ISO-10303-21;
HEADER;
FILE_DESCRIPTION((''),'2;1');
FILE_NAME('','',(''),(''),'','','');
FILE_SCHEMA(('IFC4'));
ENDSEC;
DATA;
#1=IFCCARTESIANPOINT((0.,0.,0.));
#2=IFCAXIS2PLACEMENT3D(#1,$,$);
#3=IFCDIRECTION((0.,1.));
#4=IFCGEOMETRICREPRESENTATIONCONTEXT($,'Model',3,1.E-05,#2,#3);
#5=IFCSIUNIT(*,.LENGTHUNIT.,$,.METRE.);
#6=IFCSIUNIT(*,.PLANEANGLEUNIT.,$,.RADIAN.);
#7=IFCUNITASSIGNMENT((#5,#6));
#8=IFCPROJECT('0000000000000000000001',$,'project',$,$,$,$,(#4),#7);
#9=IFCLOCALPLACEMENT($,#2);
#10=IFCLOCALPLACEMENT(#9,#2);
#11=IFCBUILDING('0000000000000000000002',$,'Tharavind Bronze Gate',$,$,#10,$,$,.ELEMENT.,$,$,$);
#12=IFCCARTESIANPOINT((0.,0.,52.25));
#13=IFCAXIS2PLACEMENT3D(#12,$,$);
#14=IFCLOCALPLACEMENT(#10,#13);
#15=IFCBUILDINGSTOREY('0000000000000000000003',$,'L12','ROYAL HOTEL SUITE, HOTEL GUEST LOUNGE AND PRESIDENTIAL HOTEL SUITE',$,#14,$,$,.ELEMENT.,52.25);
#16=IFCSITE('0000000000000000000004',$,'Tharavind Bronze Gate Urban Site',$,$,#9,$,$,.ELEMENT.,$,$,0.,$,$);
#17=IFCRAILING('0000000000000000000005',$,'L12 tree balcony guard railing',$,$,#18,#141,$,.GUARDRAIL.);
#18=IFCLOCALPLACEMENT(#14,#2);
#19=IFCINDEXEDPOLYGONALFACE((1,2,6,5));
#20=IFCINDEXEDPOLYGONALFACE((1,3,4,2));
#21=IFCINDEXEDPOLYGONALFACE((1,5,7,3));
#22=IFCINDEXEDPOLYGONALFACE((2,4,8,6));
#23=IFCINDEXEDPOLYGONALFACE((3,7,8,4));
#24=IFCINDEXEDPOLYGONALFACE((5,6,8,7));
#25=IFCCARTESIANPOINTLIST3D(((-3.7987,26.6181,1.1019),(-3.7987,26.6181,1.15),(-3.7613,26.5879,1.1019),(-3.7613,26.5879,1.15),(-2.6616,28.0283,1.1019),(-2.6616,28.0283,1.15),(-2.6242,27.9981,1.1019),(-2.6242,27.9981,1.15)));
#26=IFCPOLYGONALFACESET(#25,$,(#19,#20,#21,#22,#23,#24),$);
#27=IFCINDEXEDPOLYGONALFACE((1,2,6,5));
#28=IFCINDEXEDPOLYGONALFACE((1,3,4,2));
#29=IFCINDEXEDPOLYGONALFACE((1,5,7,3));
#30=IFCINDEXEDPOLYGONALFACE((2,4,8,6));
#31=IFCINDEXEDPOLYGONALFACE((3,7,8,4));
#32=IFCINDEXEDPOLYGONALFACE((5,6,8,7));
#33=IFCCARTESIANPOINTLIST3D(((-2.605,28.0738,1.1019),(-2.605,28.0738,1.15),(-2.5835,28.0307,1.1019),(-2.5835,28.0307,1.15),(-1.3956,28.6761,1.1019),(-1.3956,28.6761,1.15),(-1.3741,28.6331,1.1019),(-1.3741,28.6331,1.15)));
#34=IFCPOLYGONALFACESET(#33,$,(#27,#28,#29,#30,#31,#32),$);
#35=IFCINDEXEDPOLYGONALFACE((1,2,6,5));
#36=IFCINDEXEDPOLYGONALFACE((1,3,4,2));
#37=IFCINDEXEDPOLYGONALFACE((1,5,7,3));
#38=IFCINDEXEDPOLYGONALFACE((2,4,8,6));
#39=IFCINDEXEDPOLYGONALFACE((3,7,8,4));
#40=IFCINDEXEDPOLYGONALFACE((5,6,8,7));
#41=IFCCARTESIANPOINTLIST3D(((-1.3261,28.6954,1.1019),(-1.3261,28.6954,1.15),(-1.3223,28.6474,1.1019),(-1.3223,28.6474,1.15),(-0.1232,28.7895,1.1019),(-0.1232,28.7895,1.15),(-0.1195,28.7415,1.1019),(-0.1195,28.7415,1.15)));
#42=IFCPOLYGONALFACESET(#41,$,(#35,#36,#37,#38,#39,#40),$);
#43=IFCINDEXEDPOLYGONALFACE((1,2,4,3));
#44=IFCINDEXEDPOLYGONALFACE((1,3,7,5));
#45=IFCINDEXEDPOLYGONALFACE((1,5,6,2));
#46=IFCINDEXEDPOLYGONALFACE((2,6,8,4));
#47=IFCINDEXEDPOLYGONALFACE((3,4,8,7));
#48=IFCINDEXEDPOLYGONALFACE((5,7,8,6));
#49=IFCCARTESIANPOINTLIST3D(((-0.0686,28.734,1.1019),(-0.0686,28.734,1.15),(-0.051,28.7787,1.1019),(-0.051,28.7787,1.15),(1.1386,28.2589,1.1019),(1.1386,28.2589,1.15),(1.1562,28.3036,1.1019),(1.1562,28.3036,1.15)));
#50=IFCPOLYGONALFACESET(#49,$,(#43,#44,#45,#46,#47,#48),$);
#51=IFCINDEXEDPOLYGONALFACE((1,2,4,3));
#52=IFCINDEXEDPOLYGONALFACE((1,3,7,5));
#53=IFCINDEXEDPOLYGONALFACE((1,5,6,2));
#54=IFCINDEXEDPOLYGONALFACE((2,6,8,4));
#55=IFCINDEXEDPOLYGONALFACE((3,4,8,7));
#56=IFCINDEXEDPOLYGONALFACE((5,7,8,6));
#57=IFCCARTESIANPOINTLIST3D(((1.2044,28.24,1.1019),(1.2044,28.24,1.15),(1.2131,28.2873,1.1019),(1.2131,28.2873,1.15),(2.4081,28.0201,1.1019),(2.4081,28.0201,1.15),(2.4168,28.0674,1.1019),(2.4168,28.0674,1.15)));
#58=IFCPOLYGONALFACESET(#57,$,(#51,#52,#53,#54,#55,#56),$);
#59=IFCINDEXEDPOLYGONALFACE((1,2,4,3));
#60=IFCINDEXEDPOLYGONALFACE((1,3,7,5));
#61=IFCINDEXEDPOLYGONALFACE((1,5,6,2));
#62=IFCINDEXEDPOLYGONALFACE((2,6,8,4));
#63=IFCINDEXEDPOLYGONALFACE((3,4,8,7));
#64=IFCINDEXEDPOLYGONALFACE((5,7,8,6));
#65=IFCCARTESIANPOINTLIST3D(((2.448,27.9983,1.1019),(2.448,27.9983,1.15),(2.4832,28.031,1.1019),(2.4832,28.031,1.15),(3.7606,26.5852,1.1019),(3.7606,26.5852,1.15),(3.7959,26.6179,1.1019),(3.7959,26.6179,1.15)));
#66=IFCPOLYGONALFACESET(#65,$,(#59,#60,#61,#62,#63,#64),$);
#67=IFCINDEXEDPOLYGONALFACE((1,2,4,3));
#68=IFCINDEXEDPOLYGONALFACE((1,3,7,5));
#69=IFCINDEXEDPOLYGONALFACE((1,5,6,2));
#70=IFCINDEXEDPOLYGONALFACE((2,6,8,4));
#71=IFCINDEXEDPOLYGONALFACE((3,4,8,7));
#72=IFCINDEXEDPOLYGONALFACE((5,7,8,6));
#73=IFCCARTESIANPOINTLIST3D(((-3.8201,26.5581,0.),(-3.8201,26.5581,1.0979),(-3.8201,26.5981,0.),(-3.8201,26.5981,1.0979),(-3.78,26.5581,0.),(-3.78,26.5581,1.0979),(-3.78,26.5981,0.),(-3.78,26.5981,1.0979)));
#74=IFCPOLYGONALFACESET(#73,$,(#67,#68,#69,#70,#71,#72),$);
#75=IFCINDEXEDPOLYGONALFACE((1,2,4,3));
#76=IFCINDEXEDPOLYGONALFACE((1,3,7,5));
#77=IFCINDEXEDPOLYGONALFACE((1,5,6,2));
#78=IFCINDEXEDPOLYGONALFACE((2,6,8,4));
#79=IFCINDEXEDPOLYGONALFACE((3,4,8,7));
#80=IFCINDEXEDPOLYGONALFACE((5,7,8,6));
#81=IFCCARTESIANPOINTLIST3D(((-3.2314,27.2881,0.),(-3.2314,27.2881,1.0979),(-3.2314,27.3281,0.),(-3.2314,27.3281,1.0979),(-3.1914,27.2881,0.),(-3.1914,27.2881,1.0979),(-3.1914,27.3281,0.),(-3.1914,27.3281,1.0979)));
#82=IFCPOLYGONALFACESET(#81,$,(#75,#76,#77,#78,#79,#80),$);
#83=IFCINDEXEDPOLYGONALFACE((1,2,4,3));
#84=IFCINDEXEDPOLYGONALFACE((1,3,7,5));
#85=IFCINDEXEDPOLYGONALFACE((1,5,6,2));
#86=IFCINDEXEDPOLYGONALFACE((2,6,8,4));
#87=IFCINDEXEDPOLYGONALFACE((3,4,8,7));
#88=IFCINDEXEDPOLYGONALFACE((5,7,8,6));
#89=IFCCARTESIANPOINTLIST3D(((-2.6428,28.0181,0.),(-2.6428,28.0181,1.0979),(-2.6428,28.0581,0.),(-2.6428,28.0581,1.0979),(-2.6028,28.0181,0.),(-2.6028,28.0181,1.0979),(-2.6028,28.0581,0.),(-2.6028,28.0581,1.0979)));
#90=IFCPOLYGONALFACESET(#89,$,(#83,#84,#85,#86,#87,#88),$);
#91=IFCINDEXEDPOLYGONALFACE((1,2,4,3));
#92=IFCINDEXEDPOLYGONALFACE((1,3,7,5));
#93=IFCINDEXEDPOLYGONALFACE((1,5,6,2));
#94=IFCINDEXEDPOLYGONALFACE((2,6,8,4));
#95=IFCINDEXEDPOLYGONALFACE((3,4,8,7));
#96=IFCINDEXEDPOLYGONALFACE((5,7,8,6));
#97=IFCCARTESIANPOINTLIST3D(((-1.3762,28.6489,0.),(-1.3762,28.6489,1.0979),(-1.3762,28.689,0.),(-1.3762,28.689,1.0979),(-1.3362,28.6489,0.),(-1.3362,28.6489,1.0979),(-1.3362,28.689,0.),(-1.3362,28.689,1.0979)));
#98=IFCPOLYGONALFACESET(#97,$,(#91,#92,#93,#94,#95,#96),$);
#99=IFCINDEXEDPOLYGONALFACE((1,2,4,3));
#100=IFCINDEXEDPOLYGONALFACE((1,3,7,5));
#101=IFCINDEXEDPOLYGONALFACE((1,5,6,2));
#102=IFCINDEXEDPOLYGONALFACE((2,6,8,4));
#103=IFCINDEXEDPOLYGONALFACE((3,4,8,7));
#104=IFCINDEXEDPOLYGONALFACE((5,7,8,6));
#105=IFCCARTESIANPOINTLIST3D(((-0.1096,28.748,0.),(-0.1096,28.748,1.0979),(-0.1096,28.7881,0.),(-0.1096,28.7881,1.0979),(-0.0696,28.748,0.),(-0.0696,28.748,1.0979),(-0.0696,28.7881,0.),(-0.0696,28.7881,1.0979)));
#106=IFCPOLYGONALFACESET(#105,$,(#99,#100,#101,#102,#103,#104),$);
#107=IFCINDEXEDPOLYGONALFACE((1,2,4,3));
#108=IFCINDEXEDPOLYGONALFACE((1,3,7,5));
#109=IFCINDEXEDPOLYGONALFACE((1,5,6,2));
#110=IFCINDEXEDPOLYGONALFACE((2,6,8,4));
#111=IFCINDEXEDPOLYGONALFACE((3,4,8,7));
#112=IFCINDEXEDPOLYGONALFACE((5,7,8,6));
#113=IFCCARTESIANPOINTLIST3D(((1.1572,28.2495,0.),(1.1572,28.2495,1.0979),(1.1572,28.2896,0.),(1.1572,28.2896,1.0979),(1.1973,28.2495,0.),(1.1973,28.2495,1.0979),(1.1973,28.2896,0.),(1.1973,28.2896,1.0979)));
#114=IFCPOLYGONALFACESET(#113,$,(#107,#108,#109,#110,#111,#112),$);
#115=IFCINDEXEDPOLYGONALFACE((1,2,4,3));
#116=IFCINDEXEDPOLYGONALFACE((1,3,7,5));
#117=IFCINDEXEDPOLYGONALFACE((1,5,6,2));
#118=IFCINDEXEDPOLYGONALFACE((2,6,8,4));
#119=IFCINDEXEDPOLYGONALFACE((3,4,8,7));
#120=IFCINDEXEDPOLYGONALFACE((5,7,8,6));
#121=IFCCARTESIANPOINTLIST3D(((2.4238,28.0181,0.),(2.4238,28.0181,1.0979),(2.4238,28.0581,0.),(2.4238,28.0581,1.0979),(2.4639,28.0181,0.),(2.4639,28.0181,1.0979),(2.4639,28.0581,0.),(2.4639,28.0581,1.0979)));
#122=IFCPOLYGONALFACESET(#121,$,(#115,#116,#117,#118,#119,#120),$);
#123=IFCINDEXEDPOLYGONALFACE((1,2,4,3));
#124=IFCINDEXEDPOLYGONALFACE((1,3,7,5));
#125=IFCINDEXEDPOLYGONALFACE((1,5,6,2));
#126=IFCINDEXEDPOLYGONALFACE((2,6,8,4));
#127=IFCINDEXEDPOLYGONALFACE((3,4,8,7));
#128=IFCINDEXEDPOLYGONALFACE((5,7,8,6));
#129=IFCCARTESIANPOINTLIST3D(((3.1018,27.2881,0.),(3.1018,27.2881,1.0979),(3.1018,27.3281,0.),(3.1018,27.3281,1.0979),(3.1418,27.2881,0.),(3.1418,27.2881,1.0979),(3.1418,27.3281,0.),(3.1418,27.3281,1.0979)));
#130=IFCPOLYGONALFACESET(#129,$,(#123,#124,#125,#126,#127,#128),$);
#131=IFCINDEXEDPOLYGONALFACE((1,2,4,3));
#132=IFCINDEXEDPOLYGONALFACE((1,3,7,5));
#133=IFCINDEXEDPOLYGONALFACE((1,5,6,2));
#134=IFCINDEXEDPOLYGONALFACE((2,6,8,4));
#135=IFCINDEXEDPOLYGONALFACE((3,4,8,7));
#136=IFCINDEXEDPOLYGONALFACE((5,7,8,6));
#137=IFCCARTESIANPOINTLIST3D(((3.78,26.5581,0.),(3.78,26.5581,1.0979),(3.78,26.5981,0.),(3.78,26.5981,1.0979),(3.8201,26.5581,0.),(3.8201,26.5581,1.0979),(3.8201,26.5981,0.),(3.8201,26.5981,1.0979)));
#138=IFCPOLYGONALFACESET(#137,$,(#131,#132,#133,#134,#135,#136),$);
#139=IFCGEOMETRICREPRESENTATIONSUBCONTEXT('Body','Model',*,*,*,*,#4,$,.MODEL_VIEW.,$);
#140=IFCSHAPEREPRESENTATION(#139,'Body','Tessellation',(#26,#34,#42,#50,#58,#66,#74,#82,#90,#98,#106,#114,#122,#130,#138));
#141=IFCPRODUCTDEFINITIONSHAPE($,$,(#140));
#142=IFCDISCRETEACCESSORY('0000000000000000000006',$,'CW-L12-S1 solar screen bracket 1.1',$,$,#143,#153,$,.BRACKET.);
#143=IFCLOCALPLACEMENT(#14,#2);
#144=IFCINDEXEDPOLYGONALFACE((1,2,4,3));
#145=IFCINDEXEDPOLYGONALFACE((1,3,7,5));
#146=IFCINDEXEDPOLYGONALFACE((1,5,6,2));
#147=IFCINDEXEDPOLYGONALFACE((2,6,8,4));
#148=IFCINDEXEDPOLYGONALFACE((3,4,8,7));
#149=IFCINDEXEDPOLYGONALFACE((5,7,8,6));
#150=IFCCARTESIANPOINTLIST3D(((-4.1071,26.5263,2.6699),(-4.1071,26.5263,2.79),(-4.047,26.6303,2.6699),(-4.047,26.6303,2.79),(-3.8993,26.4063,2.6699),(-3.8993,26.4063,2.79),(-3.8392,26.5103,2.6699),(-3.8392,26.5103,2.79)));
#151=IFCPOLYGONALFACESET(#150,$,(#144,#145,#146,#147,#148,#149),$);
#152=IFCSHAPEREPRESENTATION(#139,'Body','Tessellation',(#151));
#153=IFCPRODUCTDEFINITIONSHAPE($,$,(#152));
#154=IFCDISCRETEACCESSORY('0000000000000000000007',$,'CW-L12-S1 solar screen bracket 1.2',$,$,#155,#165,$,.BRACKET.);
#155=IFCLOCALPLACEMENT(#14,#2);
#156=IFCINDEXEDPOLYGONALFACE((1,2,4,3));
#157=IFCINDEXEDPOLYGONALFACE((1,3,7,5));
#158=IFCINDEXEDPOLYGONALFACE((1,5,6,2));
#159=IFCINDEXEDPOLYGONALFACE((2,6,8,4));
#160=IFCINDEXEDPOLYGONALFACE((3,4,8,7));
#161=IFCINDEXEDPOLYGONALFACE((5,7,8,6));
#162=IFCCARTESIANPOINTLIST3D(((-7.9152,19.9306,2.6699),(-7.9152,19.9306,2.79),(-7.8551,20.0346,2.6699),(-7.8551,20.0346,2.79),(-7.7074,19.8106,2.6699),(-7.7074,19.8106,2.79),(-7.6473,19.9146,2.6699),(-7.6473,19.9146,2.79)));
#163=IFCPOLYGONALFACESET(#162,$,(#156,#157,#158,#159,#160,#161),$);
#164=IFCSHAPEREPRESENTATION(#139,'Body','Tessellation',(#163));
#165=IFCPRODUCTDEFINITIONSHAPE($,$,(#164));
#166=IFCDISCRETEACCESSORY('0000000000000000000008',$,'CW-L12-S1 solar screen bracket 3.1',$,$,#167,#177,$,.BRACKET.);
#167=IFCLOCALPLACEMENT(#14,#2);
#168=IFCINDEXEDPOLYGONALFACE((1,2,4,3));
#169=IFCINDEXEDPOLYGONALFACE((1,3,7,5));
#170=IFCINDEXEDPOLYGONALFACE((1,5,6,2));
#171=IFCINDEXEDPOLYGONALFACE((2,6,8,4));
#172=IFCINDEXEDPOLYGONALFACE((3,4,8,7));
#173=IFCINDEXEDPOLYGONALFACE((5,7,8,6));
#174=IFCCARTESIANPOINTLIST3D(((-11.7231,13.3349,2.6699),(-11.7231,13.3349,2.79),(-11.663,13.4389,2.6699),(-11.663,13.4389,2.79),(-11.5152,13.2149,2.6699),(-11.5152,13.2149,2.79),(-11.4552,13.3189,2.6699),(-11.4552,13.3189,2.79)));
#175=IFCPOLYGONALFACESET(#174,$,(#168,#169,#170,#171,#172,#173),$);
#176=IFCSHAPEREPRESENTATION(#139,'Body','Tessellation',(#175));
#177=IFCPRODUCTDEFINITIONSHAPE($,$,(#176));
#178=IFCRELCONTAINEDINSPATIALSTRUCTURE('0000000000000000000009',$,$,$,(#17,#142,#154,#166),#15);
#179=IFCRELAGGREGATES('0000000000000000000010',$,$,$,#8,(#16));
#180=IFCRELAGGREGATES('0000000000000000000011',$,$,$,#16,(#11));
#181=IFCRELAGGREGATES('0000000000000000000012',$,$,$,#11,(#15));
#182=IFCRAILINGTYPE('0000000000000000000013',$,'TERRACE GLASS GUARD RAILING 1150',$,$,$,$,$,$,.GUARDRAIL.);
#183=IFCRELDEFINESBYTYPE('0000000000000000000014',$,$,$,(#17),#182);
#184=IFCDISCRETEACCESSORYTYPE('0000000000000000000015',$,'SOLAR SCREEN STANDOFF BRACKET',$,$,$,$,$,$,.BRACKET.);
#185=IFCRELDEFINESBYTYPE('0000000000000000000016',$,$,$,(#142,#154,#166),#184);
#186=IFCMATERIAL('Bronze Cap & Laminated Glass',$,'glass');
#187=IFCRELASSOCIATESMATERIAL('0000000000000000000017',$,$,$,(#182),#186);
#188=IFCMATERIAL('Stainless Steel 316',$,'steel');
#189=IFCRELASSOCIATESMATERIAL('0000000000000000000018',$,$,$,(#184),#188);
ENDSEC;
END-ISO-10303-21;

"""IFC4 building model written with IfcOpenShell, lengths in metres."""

from ifc_helpers import new_model, si_unit, direction, frame, origin, origin_2d, place, context, subcontext, project, spatial, rectangle, extrude, material, type_object, element, save


model = new_model("IFC4")

# Units and contexts
model_context = context("Model", 3, precision=1e-05, world=origin(), true_north=direction((0.0, 1.0)))
body_context = subcontext(model_context, "Body", "Model", "MODEL_VIEW")
ifc_project = project(units=[si_unit("LENGTHUNIT", "METRE"), si_unit("PLANEANGLEUNIT", "RADIAN")], contexts=[model_context])

# Site, building, storey
site_placement = place(None, origin())
site = spatial("IfcSite", under=ifc_project, at=site_placement, Name="Tharavind Bronze Gate Urban Site", CompositionType="ELEMENT", RefElevation=0.0)
building_placement = place(site_placement, origin())
building = spatial("IfcBuilding", under=site, at=building_placement, Name="Tharavind Bronze Gate", CompositionType="ELEMENT")
storey_placement = place(building_placement, frame((0.0, 0.0, 52.25)))
storey = spatial("IfcBuildingStorey", under=building, at=storey_placement, Name="L12", Description="ROYAL HOTEL SUITE, HOTEL GUEST LOUNGE AND PRESIDENTIAL HOTEL SUITE", CompositionType="ELEMENT", Elevation=52.25)

# Railing
ifc_material_1 = material(Name="Bronze Cap & Laminated Glass", Category="glass")
railing_type = type_object("IfcRailingType", Name="TERRACE GLASS GUARD RAILING 1150", PredefinedType="GUARDRAIL", material=ifc_material_1)
railing_placement = place(storey_placement, frame((-3.8, 26.5781, 0.0)))
element("IfcRailing", 1, at=railing_placement, inside=storey, type_object=railing_type, Name="L12 tree balcony guard railing", PredefinedType="GUARDRAIL", context=body_context, shape_type="SweptSolid", body=[
    extrude(rectangle(XDim=0.0481, YDim=0.0481, at=origin_2d()), frame((0.02, 0.0249, 1.126), z_axis=(0.627707, 0.77845, 0.0), x_axis=(-0.77845, 0.627707, 0.0)), (0.0, 0.0, 1.0), 1.8115),
    extrude(rectangle(XDim=0.0481, YDim=0.0481, at=origin_2d()), frame((1.2058, 1.4741, 1.126), z_axis=(0.895116, 0.445833, 0.0), x_axis=(-0.445833, 0.895116, 0.0)), (0.0, 0.0, 1.0), 1.3511),
    extrude(rectangle(XDim=0.0481, YDim=0.0481, at=origin_2d()), frame((2.4758, 2.0933, 1.126), z_axis=(0.996952, 0.078019, 0.0), x_axis=(-0.078019, 0.996952, 0.0)), (0.0, 0.0, 1.0), 1.2065),
    extrude(rectangle(XDim=0.0481, YDim=0.0481, at=origin_2d()), frame((3.7402, 2.1782, 1.126), z_axis=(0.93054, -0.36619, 0.0), x_axis=(0.36619, 0.93054, 0.0)), (0.0, 0.0, 1.0), 1.2974),
    extrude(rectangle(XDim=0.0481, YDim=0.0481, at=origin_2d()), frame((5.0088, 1.6855, 1.126), z_axis=(0.983712, -0.179753, 0.0), x_axis=(0.179753, 0.983712, 0.0)), (0.0, 0.0, 1.0), 1.2236),
    extrude(rectangle(XDim=0.0481, YDim=0.0481, at=origin_2d()), frame((6.2656, 1.4365, 1.126), z_axis=(0.680592, -0.732663, 0.0), x_axis=(0.732663, 0.680592, 0.0)), (0.0, 0.0, 1.0), 1.9287),
    extrude(rectangle(XDim=0.04, YDim=0.04, at=origin_2d()), origin(), (0.0, 0.0, 1.0), 1.0979),
    extrude(rectangle(XDim=0.04, YDim=0.04, at=origin_2d()), frame((0.5886, 0.73, 0.0)), (0.0, 0.0, 1.0), 1.0979),
    extrude(rectangle(XDim=0.04, YDim=0.04, at=origin_2d()), frame((1.1772, 1.46, 0.0)), (0.0, 0.0, 1.0), 1.0979),
    extrude(rectangle(XDim=0.04, YDim=0.04, at=origin_2d()), frame((2.4438, 2.0908, 0.0)), (0.0, 0.0, 1.0), 1.0979),
    extrude(rectangle(XDim=0.04, YDim=0.04, at=origin_2d()), frame((3.7104, 2.1899, 0.0)), (0.0, 0.0, 1.0), 1.0979),
    extrude(rectangle(XDim=0.04, YDim=0.04, at=origin_2d()), frame((4.9773, 1.6914, 0.0)), (0.0, 0.0, 1.0), 1.0979),
    extrude(rectangle(XDim=0.04, YDim=0.04, at=origin_2d()), frame((6.2439, 1.46, 0.0)), (0.0, 0.0, 1.0), 1.0979),
    extrude(rectangle(XDim=0.04, YDim=0.04, at=origin_2d()), frame((6.9219, 0.73, 0.0)), (0.0, 0.0, 1.0), 1.0979),
    extrude(rectangle(XDim=0.04, YDim=0.04, at=origin_2d()), frame((7.6001, 0.0, 0.0)), (0.0, 0.0, 1.0), 1.0979),
])

# Discrete accessories
ifc_material_2 = material(Name="Stainless Steel 316", Category="steel")
discrete_accessory_type = type_object("IfcDiscreteAccessoryType", Name="SOLAR SCREEN STANDOFF BRACKET", PredefinedType="BRACKET", material=ifc_material_2)
for number, where, z_axis, x_axis, name in (
    (2, (-3.9731, 26.5183, 2.6699), (0.0, 0.0, 1.0), (-0.500002, -0.866025, 0.0), "CW-L12-S1 solar screen bracket 1.1"),
    (3, (-7.7812, 19.9226, 2.6699), (0.0, 0.0, 1.0), (-0.500002, -0.866025, 0.0), "CW-L12-S1 solar screen bracket 1.2"),
    (4, (-11.5891, 13.3269, 2.6699), (0.0, 0.0, 1.0), (-0.500002, -0.866025, 0.0), "CW-L12-S1 solar screen bracket 3.1"),
):
    element("IfcDiscreteAccessory", number, at=place(storey_placement, frame(where, z_axis=z_axis, x_axis=x_axis)), inside=storey, type_object=discrete_accessory_type, Name=name, PredefinedType="BRACKET", context=body_context, shape_type="SweptSolid", body=[
        extrude(rectangle(XDim=0.1201, YDim=0.24, at=origin_2d()), origin(), (0.0, 0.0, 1.0), 0.1201),
    ])

save(model, "model.ifc")
